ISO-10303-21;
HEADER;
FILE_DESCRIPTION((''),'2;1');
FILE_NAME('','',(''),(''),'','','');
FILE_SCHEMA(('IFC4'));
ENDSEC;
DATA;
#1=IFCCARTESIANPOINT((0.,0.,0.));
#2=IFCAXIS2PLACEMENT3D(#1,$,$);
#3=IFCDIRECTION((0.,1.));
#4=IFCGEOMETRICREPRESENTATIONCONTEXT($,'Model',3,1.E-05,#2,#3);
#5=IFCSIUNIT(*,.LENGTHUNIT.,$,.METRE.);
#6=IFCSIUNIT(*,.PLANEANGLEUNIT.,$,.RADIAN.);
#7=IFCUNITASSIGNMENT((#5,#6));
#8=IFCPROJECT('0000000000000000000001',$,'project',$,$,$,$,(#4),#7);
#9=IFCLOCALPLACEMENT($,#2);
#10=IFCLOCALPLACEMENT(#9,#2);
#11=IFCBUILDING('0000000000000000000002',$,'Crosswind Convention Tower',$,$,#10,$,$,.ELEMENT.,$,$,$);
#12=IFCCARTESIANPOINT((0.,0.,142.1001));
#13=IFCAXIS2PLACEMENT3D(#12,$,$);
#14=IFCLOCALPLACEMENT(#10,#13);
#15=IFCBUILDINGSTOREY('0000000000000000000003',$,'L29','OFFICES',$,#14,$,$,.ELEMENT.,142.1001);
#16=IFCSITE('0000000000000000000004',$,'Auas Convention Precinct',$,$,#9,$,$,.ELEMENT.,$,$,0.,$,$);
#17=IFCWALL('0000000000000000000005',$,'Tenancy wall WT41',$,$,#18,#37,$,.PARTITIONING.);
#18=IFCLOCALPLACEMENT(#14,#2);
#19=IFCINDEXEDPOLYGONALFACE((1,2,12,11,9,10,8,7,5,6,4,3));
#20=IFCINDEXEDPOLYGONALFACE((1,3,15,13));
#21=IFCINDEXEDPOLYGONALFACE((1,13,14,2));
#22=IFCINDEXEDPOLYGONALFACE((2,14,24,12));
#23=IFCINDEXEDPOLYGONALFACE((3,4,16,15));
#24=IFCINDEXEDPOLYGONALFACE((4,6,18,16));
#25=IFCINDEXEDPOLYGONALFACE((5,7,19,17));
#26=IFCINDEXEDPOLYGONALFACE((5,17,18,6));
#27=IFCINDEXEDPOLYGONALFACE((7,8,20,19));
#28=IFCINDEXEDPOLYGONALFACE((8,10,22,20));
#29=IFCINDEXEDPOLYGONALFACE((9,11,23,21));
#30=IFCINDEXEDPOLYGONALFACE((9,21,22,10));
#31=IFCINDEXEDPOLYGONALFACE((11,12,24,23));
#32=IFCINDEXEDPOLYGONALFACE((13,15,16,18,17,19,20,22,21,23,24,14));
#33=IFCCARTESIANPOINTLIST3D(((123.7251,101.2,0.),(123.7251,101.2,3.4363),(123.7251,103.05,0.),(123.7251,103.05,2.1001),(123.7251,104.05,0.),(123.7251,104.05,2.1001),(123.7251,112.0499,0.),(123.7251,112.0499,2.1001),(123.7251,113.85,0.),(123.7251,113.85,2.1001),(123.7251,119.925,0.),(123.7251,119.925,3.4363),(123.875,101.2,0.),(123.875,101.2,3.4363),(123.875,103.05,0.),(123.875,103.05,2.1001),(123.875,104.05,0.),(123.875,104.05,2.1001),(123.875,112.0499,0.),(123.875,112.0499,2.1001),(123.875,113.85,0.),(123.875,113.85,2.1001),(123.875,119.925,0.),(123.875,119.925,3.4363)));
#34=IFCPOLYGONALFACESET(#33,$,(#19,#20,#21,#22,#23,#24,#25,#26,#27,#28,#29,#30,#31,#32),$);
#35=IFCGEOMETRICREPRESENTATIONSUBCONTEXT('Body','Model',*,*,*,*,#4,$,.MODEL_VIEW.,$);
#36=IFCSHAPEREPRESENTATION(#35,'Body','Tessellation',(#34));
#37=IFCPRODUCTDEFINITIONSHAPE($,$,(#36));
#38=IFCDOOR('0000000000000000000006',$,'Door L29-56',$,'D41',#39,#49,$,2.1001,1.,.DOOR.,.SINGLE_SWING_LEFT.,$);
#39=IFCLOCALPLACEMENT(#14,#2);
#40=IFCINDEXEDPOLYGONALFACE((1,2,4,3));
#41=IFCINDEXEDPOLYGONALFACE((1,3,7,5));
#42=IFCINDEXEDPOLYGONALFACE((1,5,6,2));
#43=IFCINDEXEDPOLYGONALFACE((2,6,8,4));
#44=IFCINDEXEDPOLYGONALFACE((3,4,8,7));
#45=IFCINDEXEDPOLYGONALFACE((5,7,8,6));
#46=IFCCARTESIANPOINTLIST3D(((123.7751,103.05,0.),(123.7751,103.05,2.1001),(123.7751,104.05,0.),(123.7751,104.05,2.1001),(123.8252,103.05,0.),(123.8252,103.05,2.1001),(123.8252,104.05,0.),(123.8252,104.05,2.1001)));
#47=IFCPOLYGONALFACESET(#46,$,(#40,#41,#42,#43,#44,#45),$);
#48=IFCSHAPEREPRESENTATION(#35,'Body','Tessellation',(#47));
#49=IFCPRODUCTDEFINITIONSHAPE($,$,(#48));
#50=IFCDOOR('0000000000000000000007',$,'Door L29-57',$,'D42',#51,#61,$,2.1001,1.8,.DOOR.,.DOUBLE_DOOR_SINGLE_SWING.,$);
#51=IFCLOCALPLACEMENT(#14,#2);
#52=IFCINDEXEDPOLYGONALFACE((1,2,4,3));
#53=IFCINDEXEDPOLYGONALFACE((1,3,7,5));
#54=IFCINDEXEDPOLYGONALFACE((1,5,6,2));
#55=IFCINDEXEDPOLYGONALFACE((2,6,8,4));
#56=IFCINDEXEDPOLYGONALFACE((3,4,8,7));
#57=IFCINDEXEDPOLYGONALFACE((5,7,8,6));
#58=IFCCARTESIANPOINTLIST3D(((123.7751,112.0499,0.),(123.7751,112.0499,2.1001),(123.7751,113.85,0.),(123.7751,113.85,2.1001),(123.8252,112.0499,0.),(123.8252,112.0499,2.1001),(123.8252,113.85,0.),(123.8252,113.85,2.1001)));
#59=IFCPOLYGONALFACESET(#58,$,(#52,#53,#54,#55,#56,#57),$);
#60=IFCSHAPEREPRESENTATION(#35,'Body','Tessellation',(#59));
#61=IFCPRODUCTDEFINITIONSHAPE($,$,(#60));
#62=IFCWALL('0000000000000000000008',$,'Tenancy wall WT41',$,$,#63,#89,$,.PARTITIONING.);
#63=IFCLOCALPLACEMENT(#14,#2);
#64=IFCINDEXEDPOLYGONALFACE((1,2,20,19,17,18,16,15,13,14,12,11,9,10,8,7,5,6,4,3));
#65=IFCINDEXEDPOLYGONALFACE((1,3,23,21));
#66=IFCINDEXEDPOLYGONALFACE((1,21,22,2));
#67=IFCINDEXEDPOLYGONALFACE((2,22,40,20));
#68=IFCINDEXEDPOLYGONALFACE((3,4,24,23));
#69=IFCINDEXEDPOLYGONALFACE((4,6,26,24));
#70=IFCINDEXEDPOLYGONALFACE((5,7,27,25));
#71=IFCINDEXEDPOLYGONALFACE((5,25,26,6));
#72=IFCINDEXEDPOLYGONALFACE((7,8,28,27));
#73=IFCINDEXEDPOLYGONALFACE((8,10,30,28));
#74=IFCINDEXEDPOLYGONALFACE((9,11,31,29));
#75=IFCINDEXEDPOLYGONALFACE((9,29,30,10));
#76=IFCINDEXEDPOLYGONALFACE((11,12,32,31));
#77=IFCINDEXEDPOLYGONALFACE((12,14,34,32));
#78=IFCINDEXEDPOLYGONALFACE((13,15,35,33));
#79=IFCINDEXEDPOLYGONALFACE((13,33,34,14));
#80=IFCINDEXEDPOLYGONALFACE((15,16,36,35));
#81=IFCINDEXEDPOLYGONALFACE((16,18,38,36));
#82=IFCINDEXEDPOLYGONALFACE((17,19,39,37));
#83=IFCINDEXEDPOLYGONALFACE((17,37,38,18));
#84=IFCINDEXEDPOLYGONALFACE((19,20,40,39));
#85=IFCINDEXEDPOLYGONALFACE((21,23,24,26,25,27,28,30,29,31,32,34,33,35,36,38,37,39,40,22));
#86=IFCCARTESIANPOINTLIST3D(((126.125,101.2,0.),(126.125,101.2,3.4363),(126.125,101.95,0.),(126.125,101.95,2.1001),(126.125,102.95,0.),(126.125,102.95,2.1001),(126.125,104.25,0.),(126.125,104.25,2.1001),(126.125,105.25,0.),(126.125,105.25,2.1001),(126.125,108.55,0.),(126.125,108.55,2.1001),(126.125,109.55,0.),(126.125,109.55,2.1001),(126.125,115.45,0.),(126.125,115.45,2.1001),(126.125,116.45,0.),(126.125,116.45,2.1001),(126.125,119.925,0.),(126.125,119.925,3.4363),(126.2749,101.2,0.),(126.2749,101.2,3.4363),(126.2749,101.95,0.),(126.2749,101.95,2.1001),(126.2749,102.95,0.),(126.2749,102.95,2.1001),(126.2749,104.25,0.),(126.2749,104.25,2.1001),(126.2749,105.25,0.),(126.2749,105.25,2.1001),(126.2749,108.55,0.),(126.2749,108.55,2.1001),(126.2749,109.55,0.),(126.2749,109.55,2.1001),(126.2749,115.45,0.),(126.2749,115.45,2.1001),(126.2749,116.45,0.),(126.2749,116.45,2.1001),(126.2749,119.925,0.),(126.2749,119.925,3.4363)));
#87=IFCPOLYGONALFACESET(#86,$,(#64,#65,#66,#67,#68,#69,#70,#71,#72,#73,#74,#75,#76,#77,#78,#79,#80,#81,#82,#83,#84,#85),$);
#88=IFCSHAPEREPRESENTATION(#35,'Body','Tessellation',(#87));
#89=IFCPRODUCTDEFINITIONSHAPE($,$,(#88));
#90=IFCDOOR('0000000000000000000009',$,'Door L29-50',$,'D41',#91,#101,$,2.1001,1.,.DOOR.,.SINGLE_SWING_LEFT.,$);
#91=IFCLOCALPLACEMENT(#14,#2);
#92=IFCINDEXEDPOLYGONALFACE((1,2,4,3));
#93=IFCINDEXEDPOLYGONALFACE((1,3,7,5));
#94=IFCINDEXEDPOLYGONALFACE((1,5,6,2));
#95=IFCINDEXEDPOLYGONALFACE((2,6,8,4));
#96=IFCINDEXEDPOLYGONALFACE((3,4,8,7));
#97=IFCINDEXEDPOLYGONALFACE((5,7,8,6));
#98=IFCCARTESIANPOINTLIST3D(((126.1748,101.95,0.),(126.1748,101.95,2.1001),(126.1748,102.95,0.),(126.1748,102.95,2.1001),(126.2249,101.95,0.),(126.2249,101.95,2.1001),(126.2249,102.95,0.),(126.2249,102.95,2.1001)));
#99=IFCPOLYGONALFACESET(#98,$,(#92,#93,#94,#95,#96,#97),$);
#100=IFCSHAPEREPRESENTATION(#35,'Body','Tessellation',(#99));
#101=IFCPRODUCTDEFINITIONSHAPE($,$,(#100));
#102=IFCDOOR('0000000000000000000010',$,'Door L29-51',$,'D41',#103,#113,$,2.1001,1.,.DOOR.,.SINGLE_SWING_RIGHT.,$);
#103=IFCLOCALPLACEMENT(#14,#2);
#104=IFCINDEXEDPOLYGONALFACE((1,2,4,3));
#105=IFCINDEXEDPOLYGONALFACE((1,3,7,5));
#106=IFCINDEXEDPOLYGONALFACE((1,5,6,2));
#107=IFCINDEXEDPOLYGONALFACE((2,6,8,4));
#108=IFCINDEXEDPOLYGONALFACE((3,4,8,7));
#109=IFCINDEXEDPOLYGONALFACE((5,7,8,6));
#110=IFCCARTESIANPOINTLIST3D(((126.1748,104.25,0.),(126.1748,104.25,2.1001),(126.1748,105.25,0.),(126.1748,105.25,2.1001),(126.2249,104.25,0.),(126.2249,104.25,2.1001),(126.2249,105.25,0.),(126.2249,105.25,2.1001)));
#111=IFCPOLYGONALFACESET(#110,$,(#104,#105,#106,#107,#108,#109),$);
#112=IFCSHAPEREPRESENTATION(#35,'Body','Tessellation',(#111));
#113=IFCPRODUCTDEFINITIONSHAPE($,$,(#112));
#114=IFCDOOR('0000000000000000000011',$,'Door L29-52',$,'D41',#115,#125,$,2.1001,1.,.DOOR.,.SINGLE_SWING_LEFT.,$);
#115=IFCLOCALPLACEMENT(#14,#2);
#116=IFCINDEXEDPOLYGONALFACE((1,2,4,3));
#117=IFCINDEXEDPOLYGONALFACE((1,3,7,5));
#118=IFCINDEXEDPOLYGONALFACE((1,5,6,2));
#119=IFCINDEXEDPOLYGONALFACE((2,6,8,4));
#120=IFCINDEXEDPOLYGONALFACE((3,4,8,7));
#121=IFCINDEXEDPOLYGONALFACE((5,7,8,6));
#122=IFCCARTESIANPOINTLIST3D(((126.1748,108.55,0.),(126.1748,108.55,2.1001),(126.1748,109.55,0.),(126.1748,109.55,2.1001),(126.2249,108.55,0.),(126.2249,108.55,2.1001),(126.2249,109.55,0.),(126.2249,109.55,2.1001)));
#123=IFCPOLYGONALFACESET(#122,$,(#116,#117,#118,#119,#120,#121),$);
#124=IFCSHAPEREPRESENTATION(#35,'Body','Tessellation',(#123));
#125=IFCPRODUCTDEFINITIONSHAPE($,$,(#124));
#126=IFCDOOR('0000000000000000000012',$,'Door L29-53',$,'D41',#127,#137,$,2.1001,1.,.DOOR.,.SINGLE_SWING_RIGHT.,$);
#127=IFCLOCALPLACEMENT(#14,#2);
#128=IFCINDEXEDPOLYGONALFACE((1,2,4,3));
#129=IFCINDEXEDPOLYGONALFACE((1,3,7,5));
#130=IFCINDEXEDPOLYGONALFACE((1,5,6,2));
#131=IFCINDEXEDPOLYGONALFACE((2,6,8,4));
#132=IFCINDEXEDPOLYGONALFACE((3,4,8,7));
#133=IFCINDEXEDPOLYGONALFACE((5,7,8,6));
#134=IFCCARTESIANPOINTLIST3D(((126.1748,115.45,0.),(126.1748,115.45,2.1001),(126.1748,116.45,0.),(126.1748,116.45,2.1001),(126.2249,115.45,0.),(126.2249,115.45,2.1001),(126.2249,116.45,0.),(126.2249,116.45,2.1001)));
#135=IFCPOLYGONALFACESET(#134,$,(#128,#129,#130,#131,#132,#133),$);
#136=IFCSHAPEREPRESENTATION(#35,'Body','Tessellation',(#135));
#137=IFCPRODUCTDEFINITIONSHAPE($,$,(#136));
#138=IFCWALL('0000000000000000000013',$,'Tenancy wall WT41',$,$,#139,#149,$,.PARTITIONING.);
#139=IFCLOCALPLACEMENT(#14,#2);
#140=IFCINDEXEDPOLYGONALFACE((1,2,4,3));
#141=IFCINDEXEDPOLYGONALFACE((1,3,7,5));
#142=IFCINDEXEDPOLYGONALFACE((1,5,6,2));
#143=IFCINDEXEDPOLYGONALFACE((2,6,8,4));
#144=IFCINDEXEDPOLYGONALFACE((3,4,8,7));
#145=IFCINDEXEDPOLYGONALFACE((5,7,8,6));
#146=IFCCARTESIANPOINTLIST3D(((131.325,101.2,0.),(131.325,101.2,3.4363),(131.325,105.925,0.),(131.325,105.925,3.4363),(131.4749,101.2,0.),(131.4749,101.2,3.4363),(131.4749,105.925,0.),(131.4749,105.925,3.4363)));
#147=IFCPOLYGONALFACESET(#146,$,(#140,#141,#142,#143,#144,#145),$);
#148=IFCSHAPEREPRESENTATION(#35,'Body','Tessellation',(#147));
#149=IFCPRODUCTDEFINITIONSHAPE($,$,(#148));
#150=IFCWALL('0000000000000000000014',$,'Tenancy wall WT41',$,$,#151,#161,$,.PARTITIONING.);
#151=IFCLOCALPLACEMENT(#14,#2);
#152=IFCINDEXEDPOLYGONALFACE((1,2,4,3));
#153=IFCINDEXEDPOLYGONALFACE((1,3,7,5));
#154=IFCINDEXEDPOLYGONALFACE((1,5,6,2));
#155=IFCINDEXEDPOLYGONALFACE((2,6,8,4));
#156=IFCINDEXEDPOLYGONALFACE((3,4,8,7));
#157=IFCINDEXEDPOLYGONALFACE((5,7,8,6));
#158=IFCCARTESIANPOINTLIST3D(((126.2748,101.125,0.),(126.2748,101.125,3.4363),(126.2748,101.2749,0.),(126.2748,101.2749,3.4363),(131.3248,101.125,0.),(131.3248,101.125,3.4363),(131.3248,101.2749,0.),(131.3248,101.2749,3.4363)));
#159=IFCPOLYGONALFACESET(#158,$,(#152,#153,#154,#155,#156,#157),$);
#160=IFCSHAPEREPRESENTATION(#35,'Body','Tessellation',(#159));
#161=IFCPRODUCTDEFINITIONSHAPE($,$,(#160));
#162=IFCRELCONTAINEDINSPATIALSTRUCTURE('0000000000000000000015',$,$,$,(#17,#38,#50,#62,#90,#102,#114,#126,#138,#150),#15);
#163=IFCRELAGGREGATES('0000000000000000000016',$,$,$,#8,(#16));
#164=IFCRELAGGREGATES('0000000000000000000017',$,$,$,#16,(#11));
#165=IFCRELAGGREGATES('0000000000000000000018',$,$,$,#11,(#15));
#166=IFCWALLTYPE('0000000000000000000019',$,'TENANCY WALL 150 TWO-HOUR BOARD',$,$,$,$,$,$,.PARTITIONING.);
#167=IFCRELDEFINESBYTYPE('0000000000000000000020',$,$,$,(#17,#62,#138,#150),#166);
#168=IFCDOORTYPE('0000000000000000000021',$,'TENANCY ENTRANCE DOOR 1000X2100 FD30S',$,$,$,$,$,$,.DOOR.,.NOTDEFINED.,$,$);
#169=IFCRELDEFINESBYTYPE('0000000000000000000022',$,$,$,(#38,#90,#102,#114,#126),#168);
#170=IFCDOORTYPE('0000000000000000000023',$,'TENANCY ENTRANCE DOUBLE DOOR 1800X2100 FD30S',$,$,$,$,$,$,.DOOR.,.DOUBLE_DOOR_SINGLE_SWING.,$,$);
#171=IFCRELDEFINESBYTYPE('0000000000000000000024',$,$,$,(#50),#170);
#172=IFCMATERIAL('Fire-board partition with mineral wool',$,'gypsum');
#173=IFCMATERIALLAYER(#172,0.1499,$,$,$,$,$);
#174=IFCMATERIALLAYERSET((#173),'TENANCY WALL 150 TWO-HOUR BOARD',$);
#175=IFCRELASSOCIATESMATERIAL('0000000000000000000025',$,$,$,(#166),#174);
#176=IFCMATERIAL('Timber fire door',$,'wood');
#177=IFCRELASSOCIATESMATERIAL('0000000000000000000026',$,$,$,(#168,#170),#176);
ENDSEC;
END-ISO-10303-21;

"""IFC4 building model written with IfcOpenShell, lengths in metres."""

from ifc_helpers import new_model, si_unit, direction, frame, frame_2d, origin, place, context, subcontext, project, spatial, rectangle, extrude, material, layer, layer_set, type_object, element, fill, save


model = new_model("IFC4")

# Units and contexts
model_context = context("Model", 3, precision=1e-05, world=origin(), true_north=direction((0.0, 1.0)))
body_context = subcontext(model_context, "Body", "Model", "MODEL_VIEW")
ifc_project = project(units=[si_unit("LENGTHUNIT", "METRE"), si_unit("PLANEANGLEUNIT", "RADIAN")], contexts=[model_context])

# Site, building, storey
site_placement = place(None, origin())
site = spatial("IfcSite", under=ifc_project, at=site_placement, Name="Auas Convention Precinct", CompositionType="ELEMENT", RefElevation=0.0)
building_placement = place(site_placement, origin())
building = spatial("IfcBuilding", under=site, at=building_placement, Name="Crosswind Convention Tower", CompositionType="ELEMENT")
storey_placement = place(building_placement, frame((0.0, 0.0, 142.1001)))
storey = spatial("IfcBuildingStorey", under=building, at=storey_placement, Name="L29", Description="OFFICES", CompositionType="ELEMENT", Elevation=142.1001)

# Walls, openings, doors
ifc_material_1 = material(Name="Fire-board partition with mineral wool", Category="gypsum")
ifc_layer_1 = layer(ifc_material_1, 0.1499)
ifc_layer_set_1 = layer_set([ifc_layer_1], Name="TENANCY WALL 150 TWO-HOUR BOARD")
wall_type_1 = type_object("IfcWallType", Name="TENANCY WALL 150 TWO-HOUR BOARD", PredefinedType="PARTITIONING", material=ifc_layer_set_1)
wall_1_placement = place(storey_placement, frame((123.8, 101.2, 0.0), z_axis=(0.0, 0.0, 1.0), x_axis=(0.0, 1.0, 0.0)))
wall_1 = element("IfcWall", 1, at=wall_1_placement, inside=storey, type_object=wall_type_1, Name="Tenancy wall WT41", PredefinedType="PARTITIONING", context=body_context, shape_type="SweptSolid", body=[
    extrude(rectangle(XDim=18.7251, YDim=0.1499, at=frame_2d((9.3625, 0.0))), origin(), (0.0, 0.0, 1.0), 3.4363),
])
opening_1_placement = place(wall_1_placement, frame((1.8501, 0.0, 0.0)))
opening_1 = element("IfcOpeningElement", 2, at=opening_1_placement, cuts=wall_1, PredefinedType="OPENING", context=body_context, shape_type="SweptSolid", body=[
    extrude(rectangle(XDim=1.0, YDim=2.1001, at=frame_2d((0.5, 1.05))), frame((0.0, 0.085, 0.0), z_axis=(0.0, -1.0, 0.0), x_axis=(1.0, 0.0, 0.0)), (0.0, 0.0, 1.0), 0.1699),
])
opening_2_placement = place(wall_1_placement, frame((10.8501, 0.0, 0.0)))
opening_2 = element("IfcOpeningElement", 3, at=opening_2_placement, cuts=wall_1, PredefinedType="OPENING", context=body_context, shape_type="SweptSolid", body=[
    extrude(rectangle(XDim=1.8, YDim=2.1001, at=frame_2d((0.8999, 1.05))), frame((0.0, 0.085, 0.0), z_axis=(0.0, -1.0, 0.0), x_axis=(1.0, 0.0, 0.0)), (0.0, 0.0, 1.0), 0.1699),
])
ifc_material_2 = material(Name="Timber fire door", Category="wood")
door_type_1 = type_object("IfcDoorType", Name="TENANCY ENTRANCE DOOR 1000X2100 FD30S", OperationType="NOTDEFINED", PredefinedType="DOOR", material=ifc_material_2)
door_1_placement = place(opening_1_placement, origin())
door_1 = element("IfcDoor", 4, at=door_1_placement, inside=storey, type_object=door_type_1, Name="Door L29-56", ObjectType="D41", OperationType="SINGLE_SWING_LEFT", OverallHeight=2.1001, OverallWidth=1.0, PredefinedType="DOOR", context=body_context, shape_type="SweptSolid", body=[
    extrude(rectangle(XDim=1.0, YDim=2.1001, at=frame_2d((0.5, 1.05))), frame((0.0, 0.0249, 0.0), z_axis=(0.0, -1.0, 0.0), x_axis=(1.0, 0.0, 0.0)), (0.0, 0.0, 1.0), 0.05),
])
fill(opening_1, door_1)
door_type_2 = type_object("IfcDoorType", Name="TENANCY ENTRANCE DOUBLE DOOR 1800X2100 FD30S", OperationType="DOUBLE_DOOR_SINGLE_SWING", PredefinedType="DOOR", material=ifc_material_2)
door_2_placement = place(opening_2_placement, origin())
door_2 = element("IfcDoor", 5, at=door_2_placement, inside=storey, type_object=door_type_2, Name="Door L29-57", ObjectType="D42", OperationType="DOUBLE_DOOR_SINGLE_SWING", OverallHeight=2.1001, OverallWidth=1.8, PredefinedType="DOOR", context=body_context, shape_type="SweptSolid", body=[
    extrude(rectangle(XDim=1.8, YDim=2.1001, at=frame_2d((0.8999, 1.05))), frame((0.0, 0.0249, 0.0), z_axis=(0.0, -1.0, 0.0), x_axis=(1.0, 0.0, 0.0)), (0.0, 0.0, 1.0), 0.05),
])
fill(opening_2, door_2)
wall_2_placement = place(storey_placement, frame((126.2, 101.2, 0.0), z_axis=(0.0, 0.0, 1.0), x_axis=(0.0, 1.0, 0.0)))
wall_2 = element("IfcWall", 6, at=wall_2_placement, inside=storey, type_object=wall_type_1, Name="Tenancy wall WT41", PredefinedType="PARTITIONING", context=body_context, shape_type="SweptSolid", body=[
    extrude(rectangle(XDim=18.7251, YDim=0.1499, at=frame_2d((9.3625, 0.0))), origin(), (0.0, 0.0, 1.0), 3.4363),
])
opening_3_placement = place(wall_2_placement, frame((0.75, 0.0, 0.0)))
opening_3 = element("IfcOpeningElement", 7, at=opening_3_placement, cuts=wall_2, PredefinedType="OPENING", context=body_context, shape_type="SweptSolid", body=[
    extrude(rectangle(XDim=1.0, YDim=2.1001, at=frame_2d((0.5, 1.05))), frame((0.0, 0.085, 0.0), z_axis=(0.0, -1.0, 0.0), x_axis=(1.0, 0.0, 0.0)), (0.0, 0.0, 1.0), 0.1699),
])
opening_4_placement = place(wall_2_placement, frame((3.05, 0.0, 0.0)))
opening_4 = element("IfcOpeningElement", 8, at=opening_4_placement, cuts=wall_2, PredefinedType="OPENING", context=body_context, shape_type="SweptSolid", body=[
    extrude(rectangle(XDim=1.0, YDim=2.1001, at=frame_2d((0.5, 1.05))), frame((0.0, 0.085, 0.0), z_axis=(0.0, -1.0, 0.0), x_axis=(1.0, 0.0, 0.0)), (0.0, 0.0, 1.0), 0.1699),
])
opening_5_placement = place(wall_2_placement, frame((7.3501, 0.0, 0.0)))
opening_5 = element("IfcOpeningElement", 9, at=opening_5_placement, cuts=wall_2, PredefinedType="OPENING", context=body_context, shape_type="SweptSolid", body=[
    extrude(rectangle(XDim=1.0, YDim=2.1001, at=frame_2d((0.5, 1.05))), frame((0.0, 0.085, 0.0), z_axis=(0.0, -1.0, 0.0), x_axis=(1.0, 0.0, 0.0)), (0.0, 0.0, 1.0), 0.1699),
])
opening_6_placement = place(wall_2_placement, frame((14.25, 0.0, 0.0)))
opening_6 = element("IfcOpeningElement", 10, at=opening_6_placement, cuts=wall_2, PredefinedType="OPENING", context=body_context, shape_type="SweptSolid", body=[
    extrude(rectangle(XDim=1.0, YDim=2.1001, at=frame_2d((0.5, 1.05))), frame((0.0, 0.085, 0.0), z_axis=(0.0, -1.0, 0.0), x_axis=(1.0, 0.0, 0.0)), (0.0, 0.0, 1.0), 0.1699),
])
door_3_placement = place(opening_3_placement, frame((1.0, 0.0, 0.0), z_axis=(0.0, 0.0, 1.0), x_axis=(-1.0, 0.0, 0.0)))
door_3 = element("IfcDoor", 11, at=door_3_placement, inside=storey, type_object=door_type_1, Name="Door L29-50", ObjectType="D41", OperationType="SINGLE_SWING_LEFT", OverallHeight=2.1001, OverallWidth=1.0, PredefinedType="DOOR", context=body_context, shape_type="SweptSolid", body=[
    extrude(rectangle(XDim=1.0, YDim=2.1001, at=frame_2d((0.5, 1.05))), frame((0.0, 0.0249, 0.0), z_axis=(0.0, -1.0, 0.0), x_axis=(1.0, 0.0, 0.0)), (0.0, 0.0, 1.0), 0.05),
])
fill(opening_3, door_3)
door_4_placement = place(opening_4_placement, frame((1.0, 0.0, 0.0), z_axis=(0.0, 0.0, 1.0), x_axis=(-1.0, 0.0, 0.0)))
door_4 = element("IfcDoor", 12, at=door_4_placement, inside=storey, type_object=door_type_1, Name="Door L29-51", ObjectType="D41", OperationType="SINGLE_SWING_RIGHT", OverallHeight=2.1001, OverallWidth=1.0, PredefinedType="DOOR", context=body_context, shape_type="SweptSolid", body=[
    extrude(rectangle(XDim=1.0, YDim=2.1001, at=frame_2d((0.5, 1.05))), frame((0.0, 0.0249, 0.0), z_axis=(0.0, -1.0, 0.0), x_axis=(1.0, 0.0, 0.0)), (0.0, 0.0, 1.0), 0.05),
])
fill(opening_4, door_4)
door_5_placement = place(opening_5_placement, frame((1.0, 0.0, 0.0), z_axis=(0.0, 0.0, 1.0), x_axis=(-1.0, 0.0, 0.0)))
door_5 = element("IfcDoor", 13, at=door_5_placement, inside=storey, type_object=door_type_1, Name="Door L29-52", ObjectType="D41", OperationType="SINGLE_SWING_LEFT", OverallHeight=2.1001, OverallWidth=1.0, PredefinedType="DOOR", context=body_context, shape_type="SweptSolid", body=[
    extrude(rectangle(XDim=1.0, YDim=2.1001, at=frame_2d((0.5, 1.05))), frame((0.0, 0.0249, 0.0), z_axis=(0.0, -1.0, 0.0), x_axis=(1.0, 0.0, 0.0)), (0.0, 0.0, 1.0), 0.05),
])
fill(opening_5, door_5)
door_6_placement = place(opening_6_placement, frame((1.0, 0.0, 0.0), z_axis=(0.0, 0.0, 1.0), x_axis=(-1.0, 0.0, 0.0)))
door_6 = element("IfcDoor", 14, at=door_6_placement, inside=storey, type_object=door_type_1, Name="Door L29-53", ObjectType="D41", OperationType="SINGLE_SWING_RIGHT", OverallHeight=2.1001, OverallWidth=1.0, PredefinedType="DOOR", context=body_context, shape_type="SweptSolid", body=[
    extrude(rectangle(XDim=1.0, YDim=2.1001, at=frame_2d((0.5, 1.05))), frame((0.0, 0.0249, 0.0), z_axis=(0.0, -1.0, 0.0), x_axis=(1.0, 0.0, 0.0)), (0.0, 0.0, 1.0), 0.05),
])
fill(opening_6, door_6)

# Walls
wall_3_placement = place(storey_placement, frame((131.3999, 101.2, 0.0), z_axis=(0.0, 0.0, 1.0), x_axis=(0.0, 1.0, 0.0)))
element("IfcWall", 15, at=wall_3_placement, inside=storey, type_object=wall_type_1, Name="Tenancy wall WT41", PredefinedType="PARTITIONING", context=body_context, shape_type="SweptSolid", body=[
    extrude(rectangle(XDim=4.7251, YDim=0.1499, at=frame_2d((2.3625, 0.0))), origin(), (0.0, 0.0, 1.0), 3.4363),
])
wall_4_placement = place(storey_placement, frame((126.2749, 101.2, 0.0), z_axis=(0.0, 0.0, 1.0), x_axis=(1.0, 0.0, 0.0)))
element("IfcWall", 16, at=wall_4_placement, inside=storey, type_object=wall_type_1, Name="Tenancy wall WT41", PredefinedType="PARTITIONING", context=body_context, shape_type="SweptSolid", body=[
    extrude(rectangle(XDim=5.05, YDim=0.1499, at=frame_2d((2.5249, 0.0))), origin(), (0.0, 0.0, 1.0), 3.4363),
])

save(model, "model.ifc")
